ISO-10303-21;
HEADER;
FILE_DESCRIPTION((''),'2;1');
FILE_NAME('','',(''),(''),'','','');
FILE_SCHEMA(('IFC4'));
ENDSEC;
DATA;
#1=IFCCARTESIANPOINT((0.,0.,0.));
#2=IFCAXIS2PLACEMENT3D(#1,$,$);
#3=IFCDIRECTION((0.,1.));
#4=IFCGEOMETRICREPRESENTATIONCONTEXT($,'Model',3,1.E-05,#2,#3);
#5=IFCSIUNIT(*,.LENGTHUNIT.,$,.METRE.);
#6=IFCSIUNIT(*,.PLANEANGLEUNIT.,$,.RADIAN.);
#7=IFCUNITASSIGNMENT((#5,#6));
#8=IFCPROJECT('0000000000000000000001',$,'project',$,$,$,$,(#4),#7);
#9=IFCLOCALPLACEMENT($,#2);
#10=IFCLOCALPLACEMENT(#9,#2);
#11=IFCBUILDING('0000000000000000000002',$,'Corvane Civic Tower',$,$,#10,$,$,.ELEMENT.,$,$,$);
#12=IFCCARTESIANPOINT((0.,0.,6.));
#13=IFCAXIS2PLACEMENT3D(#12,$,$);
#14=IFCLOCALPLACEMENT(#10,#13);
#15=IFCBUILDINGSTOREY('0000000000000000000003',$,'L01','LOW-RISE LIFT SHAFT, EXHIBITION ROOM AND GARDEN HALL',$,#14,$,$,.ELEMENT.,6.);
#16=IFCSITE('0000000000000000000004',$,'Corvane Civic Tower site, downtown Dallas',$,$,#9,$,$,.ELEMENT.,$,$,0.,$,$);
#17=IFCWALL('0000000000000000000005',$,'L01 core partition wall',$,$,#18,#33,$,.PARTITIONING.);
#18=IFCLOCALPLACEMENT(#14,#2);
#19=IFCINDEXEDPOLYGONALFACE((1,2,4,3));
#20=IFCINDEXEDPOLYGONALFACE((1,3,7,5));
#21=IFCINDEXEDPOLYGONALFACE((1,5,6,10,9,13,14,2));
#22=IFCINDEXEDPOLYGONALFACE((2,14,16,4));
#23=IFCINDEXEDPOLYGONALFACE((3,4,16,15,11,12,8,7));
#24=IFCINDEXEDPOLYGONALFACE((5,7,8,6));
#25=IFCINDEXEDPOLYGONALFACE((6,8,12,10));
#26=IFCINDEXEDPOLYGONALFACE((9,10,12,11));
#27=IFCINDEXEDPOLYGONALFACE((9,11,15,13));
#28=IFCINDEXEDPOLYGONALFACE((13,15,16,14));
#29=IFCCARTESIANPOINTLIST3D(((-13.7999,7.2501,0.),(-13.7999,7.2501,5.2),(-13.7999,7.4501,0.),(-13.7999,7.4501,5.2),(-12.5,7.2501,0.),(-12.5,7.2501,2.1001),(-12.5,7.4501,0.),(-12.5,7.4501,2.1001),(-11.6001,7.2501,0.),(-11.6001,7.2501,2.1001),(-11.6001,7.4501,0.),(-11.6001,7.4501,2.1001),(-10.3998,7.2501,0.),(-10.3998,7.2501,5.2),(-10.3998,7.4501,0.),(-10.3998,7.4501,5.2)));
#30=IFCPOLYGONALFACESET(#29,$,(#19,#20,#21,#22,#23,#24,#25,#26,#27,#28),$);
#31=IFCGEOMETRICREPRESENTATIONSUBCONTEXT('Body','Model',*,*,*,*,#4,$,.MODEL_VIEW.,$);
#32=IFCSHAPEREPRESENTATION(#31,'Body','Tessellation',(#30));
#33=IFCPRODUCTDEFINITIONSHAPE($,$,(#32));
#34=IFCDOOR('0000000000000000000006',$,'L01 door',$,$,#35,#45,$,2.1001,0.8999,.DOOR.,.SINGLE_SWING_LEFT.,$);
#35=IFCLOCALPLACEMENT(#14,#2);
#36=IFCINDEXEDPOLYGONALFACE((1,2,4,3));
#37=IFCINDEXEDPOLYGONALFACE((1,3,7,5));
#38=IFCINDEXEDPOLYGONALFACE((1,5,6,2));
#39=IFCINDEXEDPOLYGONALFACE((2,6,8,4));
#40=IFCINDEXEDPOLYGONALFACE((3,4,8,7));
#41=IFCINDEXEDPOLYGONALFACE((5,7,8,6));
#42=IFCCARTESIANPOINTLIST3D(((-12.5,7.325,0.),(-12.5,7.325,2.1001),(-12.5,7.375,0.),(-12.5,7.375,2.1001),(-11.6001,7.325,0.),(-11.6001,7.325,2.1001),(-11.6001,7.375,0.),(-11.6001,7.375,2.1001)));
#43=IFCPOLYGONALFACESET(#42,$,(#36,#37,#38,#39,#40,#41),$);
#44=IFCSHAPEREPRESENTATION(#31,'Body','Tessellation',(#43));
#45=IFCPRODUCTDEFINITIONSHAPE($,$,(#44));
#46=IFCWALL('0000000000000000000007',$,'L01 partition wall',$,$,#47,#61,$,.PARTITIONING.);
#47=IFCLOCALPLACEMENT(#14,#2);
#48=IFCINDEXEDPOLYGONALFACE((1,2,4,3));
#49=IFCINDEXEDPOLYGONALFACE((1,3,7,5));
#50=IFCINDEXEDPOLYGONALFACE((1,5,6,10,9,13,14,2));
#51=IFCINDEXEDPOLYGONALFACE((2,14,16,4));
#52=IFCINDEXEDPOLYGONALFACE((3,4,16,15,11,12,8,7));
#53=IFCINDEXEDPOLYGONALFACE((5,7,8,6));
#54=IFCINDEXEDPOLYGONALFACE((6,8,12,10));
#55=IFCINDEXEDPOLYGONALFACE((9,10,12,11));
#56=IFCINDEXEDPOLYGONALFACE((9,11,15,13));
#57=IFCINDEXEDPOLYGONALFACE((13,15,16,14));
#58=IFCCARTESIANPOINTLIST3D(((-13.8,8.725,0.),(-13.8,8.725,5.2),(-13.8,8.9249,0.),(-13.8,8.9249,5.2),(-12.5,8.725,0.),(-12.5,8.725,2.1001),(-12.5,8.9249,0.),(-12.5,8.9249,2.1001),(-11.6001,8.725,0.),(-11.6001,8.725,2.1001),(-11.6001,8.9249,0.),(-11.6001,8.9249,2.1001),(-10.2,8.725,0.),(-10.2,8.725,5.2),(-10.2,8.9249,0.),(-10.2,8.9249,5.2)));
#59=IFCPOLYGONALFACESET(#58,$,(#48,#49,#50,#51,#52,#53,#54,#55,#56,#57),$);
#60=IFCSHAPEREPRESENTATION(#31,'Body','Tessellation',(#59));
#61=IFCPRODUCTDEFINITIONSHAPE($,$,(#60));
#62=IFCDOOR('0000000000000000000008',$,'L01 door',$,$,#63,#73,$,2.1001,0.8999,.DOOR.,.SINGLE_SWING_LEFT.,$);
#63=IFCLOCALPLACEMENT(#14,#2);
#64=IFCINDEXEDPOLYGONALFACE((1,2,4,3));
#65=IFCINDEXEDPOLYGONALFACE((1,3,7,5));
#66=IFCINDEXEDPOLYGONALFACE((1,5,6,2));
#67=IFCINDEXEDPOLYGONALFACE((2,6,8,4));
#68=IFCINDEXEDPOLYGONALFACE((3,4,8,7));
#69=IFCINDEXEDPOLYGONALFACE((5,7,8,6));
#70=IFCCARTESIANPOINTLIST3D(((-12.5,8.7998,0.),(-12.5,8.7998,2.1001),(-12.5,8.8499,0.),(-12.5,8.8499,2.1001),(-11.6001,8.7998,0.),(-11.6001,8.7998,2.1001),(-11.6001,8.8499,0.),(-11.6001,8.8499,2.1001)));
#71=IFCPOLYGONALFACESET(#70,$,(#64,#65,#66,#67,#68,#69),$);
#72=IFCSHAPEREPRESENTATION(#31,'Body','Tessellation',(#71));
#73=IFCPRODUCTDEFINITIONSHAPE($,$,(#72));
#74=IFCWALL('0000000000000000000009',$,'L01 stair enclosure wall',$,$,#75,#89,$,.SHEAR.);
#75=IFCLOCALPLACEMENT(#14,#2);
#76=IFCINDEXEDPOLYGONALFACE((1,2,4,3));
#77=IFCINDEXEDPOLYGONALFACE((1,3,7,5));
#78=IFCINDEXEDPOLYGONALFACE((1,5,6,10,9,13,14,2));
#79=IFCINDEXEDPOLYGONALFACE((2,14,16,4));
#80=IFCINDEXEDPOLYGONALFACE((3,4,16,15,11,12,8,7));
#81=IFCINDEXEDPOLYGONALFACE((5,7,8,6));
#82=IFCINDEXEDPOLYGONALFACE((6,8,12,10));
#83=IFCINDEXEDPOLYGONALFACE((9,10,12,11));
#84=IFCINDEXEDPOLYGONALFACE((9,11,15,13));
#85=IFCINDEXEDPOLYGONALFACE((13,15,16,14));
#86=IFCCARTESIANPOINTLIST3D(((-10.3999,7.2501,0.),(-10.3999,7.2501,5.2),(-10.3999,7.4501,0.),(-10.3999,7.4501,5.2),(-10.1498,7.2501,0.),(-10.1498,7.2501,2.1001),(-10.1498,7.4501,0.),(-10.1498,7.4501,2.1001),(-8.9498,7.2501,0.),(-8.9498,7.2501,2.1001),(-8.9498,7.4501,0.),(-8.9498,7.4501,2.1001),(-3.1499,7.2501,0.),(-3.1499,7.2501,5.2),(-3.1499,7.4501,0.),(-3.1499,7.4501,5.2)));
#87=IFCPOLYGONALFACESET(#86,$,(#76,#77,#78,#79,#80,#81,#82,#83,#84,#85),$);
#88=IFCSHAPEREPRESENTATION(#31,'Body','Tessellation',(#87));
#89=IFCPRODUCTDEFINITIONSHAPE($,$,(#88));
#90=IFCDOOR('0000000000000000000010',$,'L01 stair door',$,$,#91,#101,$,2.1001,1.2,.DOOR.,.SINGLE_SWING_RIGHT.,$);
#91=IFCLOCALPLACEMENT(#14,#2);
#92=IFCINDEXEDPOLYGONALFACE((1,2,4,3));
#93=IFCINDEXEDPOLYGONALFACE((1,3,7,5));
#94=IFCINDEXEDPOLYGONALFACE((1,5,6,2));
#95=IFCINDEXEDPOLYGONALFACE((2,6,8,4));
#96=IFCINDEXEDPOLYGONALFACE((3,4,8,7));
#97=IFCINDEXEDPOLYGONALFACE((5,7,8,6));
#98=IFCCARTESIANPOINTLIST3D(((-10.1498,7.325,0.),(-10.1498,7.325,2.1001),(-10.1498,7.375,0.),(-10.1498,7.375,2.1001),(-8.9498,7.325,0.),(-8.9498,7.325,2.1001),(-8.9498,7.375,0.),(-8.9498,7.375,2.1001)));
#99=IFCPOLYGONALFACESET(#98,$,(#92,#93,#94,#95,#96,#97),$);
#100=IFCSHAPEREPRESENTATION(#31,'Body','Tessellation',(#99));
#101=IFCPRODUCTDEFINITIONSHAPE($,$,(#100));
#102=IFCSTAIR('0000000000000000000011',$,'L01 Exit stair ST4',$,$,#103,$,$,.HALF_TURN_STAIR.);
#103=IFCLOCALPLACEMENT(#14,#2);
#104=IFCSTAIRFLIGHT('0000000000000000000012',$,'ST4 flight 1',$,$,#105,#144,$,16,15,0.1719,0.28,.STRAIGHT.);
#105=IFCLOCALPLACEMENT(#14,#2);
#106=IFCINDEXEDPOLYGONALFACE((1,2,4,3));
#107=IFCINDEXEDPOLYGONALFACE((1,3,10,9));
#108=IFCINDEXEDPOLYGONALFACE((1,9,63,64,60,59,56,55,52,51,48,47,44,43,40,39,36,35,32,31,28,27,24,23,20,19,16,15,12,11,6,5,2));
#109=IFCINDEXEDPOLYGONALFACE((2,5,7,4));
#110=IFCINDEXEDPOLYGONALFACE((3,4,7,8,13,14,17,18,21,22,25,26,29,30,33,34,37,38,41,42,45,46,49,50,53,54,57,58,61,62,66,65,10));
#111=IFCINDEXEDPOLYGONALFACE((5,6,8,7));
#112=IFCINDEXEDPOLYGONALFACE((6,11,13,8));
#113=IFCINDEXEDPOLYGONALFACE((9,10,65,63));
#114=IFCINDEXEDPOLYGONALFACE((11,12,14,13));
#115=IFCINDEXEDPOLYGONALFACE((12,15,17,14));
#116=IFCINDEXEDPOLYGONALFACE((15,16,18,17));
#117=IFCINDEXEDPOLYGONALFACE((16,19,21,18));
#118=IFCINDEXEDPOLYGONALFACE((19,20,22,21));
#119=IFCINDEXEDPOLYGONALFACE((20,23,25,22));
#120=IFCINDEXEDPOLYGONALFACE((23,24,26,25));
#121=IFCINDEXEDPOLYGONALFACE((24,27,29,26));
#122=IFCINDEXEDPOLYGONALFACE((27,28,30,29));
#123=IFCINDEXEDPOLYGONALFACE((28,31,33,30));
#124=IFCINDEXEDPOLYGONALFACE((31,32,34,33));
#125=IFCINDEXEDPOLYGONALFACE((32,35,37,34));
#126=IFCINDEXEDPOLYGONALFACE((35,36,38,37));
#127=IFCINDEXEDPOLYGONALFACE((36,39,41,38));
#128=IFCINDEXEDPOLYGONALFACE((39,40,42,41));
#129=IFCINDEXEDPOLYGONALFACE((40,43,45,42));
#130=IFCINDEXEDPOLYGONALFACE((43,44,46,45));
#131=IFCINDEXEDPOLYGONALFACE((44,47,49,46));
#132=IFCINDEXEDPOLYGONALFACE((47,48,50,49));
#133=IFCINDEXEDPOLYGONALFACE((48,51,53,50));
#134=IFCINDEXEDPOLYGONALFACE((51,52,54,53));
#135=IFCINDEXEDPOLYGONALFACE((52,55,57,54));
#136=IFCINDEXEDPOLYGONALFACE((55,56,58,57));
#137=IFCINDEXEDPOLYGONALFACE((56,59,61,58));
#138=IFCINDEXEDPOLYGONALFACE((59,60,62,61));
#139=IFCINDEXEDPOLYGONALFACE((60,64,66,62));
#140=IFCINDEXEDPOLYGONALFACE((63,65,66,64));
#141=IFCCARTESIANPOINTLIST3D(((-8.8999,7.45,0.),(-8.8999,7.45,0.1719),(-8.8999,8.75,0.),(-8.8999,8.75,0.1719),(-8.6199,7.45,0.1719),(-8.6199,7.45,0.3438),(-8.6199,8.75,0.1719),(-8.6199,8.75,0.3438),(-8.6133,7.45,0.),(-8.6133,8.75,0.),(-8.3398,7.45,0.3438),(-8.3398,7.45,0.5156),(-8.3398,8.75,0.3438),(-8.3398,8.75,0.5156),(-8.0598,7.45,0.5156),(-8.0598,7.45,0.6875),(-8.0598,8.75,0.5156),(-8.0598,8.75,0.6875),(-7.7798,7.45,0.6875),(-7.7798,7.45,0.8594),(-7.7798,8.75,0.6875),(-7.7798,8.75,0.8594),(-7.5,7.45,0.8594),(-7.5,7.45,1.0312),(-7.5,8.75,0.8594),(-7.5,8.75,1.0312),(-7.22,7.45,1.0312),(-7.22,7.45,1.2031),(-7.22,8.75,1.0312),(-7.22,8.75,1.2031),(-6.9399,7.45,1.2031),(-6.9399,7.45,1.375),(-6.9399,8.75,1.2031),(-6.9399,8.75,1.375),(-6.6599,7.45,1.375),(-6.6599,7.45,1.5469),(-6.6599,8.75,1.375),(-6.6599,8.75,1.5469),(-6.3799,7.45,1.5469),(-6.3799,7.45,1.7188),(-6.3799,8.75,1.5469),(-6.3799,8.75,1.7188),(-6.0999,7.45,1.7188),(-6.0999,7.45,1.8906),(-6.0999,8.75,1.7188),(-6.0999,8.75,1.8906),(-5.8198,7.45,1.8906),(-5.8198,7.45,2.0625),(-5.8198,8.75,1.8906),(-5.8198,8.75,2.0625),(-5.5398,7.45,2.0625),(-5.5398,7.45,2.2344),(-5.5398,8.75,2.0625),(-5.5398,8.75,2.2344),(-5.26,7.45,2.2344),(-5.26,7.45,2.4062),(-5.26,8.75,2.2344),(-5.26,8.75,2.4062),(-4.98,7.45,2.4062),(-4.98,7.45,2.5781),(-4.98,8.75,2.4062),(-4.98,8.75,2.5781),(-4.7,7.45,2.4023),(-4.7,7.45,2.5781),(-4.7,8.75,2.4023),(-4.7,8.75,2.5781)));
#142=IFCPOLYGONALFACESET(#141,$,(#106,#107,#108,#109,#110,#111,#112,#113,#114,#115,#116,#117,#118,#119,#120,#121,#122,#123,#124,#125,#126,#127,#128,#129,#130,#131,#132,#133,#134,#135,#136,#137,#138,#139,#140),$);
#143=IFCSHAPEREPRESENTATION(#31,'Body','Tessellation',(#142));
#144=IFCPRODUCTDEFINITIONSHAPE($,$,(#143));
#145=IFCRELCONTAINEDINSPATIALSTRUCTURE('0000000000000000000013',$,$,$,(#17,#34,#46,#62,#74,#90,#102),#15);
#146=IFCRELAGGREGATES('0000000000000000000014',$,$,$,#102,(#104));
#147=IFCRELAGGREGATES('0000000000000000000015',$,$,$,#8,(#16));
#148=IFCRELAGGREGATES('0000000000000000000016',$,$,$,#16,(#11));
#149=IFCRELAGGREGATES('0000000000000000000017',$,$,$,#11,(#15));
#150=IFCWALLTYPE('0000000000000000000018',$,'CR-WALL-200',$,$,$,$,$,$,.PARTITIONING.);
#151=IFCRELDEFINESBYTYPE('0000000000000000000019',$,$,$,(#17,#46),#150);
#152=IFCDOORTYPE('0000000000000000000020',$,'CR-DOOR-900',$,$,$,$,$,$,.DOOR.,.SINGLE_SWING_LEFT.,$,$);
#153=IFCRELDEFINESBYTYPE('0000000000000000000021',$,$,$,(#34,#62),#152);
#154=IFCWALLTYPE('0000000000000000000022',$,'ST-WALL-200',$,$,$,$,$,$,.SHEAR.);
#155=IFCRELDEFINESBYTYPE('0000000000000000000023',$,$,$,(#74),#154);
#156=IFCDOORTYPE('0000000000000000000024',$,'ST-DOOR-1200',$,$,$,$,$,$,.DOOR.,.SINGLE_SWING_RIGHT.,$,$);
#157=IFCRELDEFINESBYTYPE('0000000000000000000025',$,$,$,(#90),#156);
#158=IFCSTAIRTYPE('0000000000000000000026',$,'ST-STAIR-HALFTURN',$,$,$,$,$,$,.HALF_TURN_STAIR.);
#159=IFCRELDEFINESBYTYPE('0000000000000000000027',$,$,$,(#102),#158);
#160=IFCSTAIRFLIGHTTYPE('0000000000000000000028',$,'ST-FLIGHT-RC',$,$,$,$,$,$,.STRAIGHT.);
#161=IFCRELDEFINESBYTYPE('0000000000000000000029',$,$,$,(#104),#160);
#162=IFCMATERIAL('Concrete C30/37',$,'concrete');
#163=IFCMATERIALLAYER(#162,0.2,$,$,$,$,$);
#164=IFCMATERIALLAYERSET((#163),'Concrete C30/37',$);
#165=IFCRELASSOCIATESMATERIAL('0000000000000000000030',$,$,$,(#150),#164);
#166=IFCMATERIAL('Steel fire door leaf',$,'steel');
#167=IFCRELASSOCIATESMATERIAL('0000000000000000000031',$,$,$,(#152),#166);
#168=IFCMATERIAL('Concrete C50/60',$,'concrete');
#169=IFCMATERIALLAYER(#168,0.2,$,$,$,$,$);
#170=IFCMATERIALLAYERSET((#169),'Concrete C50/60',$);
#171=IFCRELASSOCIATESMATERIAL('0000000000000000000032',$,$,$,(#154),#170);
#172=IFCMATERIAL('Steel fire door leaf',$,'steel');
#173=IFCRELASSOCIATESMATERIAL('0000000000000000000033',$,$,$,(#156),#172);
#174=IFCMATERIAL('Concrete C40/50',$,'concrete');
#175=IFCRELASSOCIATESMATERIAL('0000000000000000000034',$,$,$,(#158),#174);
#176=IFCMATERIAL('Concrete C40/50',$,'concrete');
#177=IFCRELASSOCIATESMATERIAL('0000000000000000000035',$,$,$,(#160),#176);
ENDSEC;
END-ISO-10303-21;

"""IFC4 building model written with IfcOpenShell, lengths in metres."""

from ifc_helpers import new_model, si_unit, direction, frame, frame_2d, origin, place, context, subcontext, project, spatial, polyline, rectangle, outline, extrude, material, layer, layer_set, type_object, element, fill, aggregate, save


model = new_model("IFC4")

# Units and contexts
model_context = context("Model", 3, precision=1e-05, world=origin(), true_north=direction((0.0, 1.0)))
body_context = subcontext(model_context, "Body", "Model", "MODEL_VIEW")
ifc_project = project(units=[si_unit("LENGTHUNIT", "METRE"), si_unit("PLANEANGLEUNIT", "RADIAN")], contexts=[model_context])

# Site, building, storey
site_placement = place(None, origin())
site = spatial("IfcSite", under=ifc_project, at=site_placement, Name="Corvane Civic Tower site, downtown Dallas", CompositionType="ELEMENT", RefElevation=0.0)
building_placement = place(site_placement, origin())
building = spatial("IfcBuilding", under=site, at=building_placement, Name="Corvane Civic Tower", CompositionType="ELEMENT")
storey_placement = place(building_placement, frame((0.0, 0.0, 6.0)))
storey = spatial("IfcBuildingStorey", under=building, at=storey_placement, Name="L01", Description="LOW-RISE LIFT SHAFT, EXHIBITION ROOM AND GARDEN HALL", CompositionType="ELEMENT", Elevation=6.0)

# Shared definitions
ifc_material_1 = material(Name="Concrete C30/37", Category="concrete")
ifc_layer_1 = layer(ifc_material_1, 0.2)
ifc_layer_set_1 = layer_set([ifc_layer_1], Name="Concrete C30/37")
wall_type_1 = type_object("IfcWallType", Name="CR-WALL-200", PredefinedType="PARTITIONING", material=ifc_layer_set_1)

# Walls, openings, doors
wall_1_placement = place(storey_placement, frame((-13.8, 7.3501, 0.0), z_axis=(0.0, 0.0, 1.0), x_axis=(1.0, 0.0, 0.0)))
wall_1 = element("IfcWall", 1, at=wall_1_placement, inside=storey, type_object=wall_type_1, Name="L01 core partition wall", PredefinedType="PARTITIONING", context=body_context, shape_type="SweptSolid", body=[
    extrude(rectangle(XDim=3.4001, YDim=0.2, at=frame_2d((1.7002, 0.0))), origin(), (0.0, 0.0, 1.0), 5.2),
])
opening_1_placement = place(wall_1_placement, frame((1.3, 0.0, 0.0)))
opening_1 = element("IfcOpeningElement", 2, at=opening_1_placement, cuts=wall_1, PredefinedType="OPENING", context=body_context, shape_type="SweptSolid", body=[
    extrude(rectangle(XDim=0.8999, YDim=2.1001, at=frame_2d((0.45, 1.05))), frame((0.0, 0.1099, 0.0), z_axis=(0.0, -1.0, 0.0), x_axis=(1.0, 0.0, 0.0)), (0.0, 0.0, 1.0), 0.22),
])
ifc_material_2 = material(Name="Steel fire door leaf", Category="steel")
door_type_1 = type_object("IfcDoorType", Name="CR-DOOR-900", OperationType="SINGLE_SWING_LEFT", PredefinedType="DOOR", material=ifc_material_2)
door_1_placement = place(opening_1_placement, origin())
door_1 = element("IfcDoor", 3, at=door_1_placement, inside=storey, type_object=door_type_1, Name="L01 door", OperationType="SINGLE_SWING_LEFT", OverallHeight=2.1001, OverallWidth=0.8999, PredefinedType="DOOR", context=body_context, shape_type="SweptSolid", body=[
    extrude(rectangle(XDim=0.8999, YDim=2.1001, at=frame_2d((0.45, 1.05))), frame((0.0, 0.0249, 0.0), z_axis=(0.0, -1.0, 0.0), x_axis=(1.0, 0.0, 0.0)), (0.0, 0.0, 1.0), 0.05),
])
fill(opening_1, door_1)
wall_2_placement = place(storey_placement, frame((-13.8, 8.825, 0.0), z_axis=(0.0, 0.0, 1.0), x_axis=(1.0, 0.0, 0.0)))
wall_2 = element("IfcWall", 4, at=wall_2_placement, inside=storey, type_object=wall_type_1, Name="L01 partition wall", PredefinedType="PARTITIONING", context=body_context, shape_type="SweptSolid", body=[
    extrude(rectangle(XDim=3.6001, YDim=0.2, at=frame_2d((1.8, 0.0))), origin(), (0.0, 0.0, 1.0), 5.2),
])
opening_2_placement = place(wall_2_placement, frame((1.3, 0.0, 0.0)))
opening_2 = element("IfcOpeningElement", 5, at=opening_2_placement, cuts=wall_2, PredefinedType="OPENING", context=body_context, shape_type="SweptSolid", body=[
    extrude(rectangle(XDim=0.8999, YDim=2.1001, at=frame_2d((0.45, 1.05))), frame((0.0, 0.1099, 0.0), z_axis=(0.0, -1.0, 0.0), x_axis=(1.0, 0.0, 0.0)), (0.0, 0.0, 1.0), 0.22),
])
door_2_placement = place(opening_2_placement, origin())
door_2 = element("IfcDoor", 6, at=door_2_placement, inside=storey, type_object=door_type_1, Name="L01 door", OperationType="SINGLE_SWING_LEFT", OverallHeight=2.1001, OverallWidth=0.8999, PredefinedType="DOOR", context=body_context, shape_type="SweptSolid", body=[
    extrude(rectangle(XDim=0.8999, YDim=2.1001, at=frame_2d((0.45, 1.05))), frame((0.0, 0.0249, 0.0), z_axis=(0.0, -1.0, 0.0), x_axis=(1.0, 0.0, 0.0)), (0.0, 0.0, 1.0), 0.05),
])
fill(opening_2, door_2)
ifc_material_3 = material(Name="Concrete C50/60", Category="concrete")
ifc_layer_2 = layer(ifc_material_3, 0.2)
ifc_layer_set_2 = layer_set([ifc_layer_2], Name="Concrete C50/60")
wall_type_2 = type_object("IfcWallType", Name="ST-WALL-200", PredefinedType="SHEAR", material=ifc_layer_set_2)
wall_3_placement = place(storey_placement, frame((-10.3999, 7.3501, 0.0), z_axis=(0.0, 0.0, 1.0), x_axis=(1.0, 0.0, 0.0)))
wall_3 = element("IfcWall", 7, at=wall_3_placement, inside=storey, type_object=wall_type_2, Name="L01 stair enclosure wall", PredefinedType="SHEAR", context=body_context, shape_type="SweptSolid", body=[
    extrude(rectangle(XDim=7.25, YDim=0.2, at=frame_2d((3.625, 0.0))), origin(), (0.0, 0.0, 1.0), 5.2),
])
opening_3_placement = place(wall_3_placement, frame((0.25, 0.0, 0.0)))
opening_3 = element("IfcOpeningElement", 8, at=opening_3_placement, cuts=wall_3, PredefinedType="OPENING", context=body_context, shape_type="SweptSolid", body=[
    extrude(rectangle(XDim=1.2, YDim=2.1001, at=frame_2d((0.6001, 1.05))), frame((0.0, 0.1099, 0.0), z_axis=(0.0, -1.0, 0.0), x_axis=(1.0, 0.0, 0.0)), (0.0, 0.0, 1.0), 0.22),
])
ifc_material_4 = material(Name="Steel fire door leaf", Category="steel")
door_type_2 = type_object("IfcDoorType", Name="ST-DOOR-1200", OperationType="SINGLE_SWING_RIGHT", PredefinedType="DOOR", material=ifc_material_4)
door_3_placement = place(opening_3_placement, origin())
door_3 = element("IfcDoor", 9, at=door_3_placement, inside=storey, type_object=door_type_2, Name="L01 stair door", OperationType="SINGLE_SWING_RIGHT", OverallHeight=2.1001, OverallWidth=1.2, PredefinedType="DOOR", context=body_context, shape_type="SweptSolid", body=[
    extrude(rectangle(XDim=1.2, YDim=2.1001, at=frame_2d((0.6001, 1.05))), frame((0.0, 0.0249, 0.0), z_axis=(0.0, -1.0, 0.0), x_axis=(1.0, 0.0, 0.0)), (0.0, 0.0, 1.0), 0.05),
])
fill(opening_3, door_3)

# Stair, stair flight
ifc_material_5 = material(Name="Concrete C40/50", Category="concrete")
stair_type = type_object("IfcStairType", Name="ST-STAIR-HALFTURN", PredefinedType="HALF_TURN_STAIR", material=ifc_material_5)
stair_placement = place(storey_placement, origin())
stair = element("IfcStair", 10, at=stair_placement, inside=storey, type_object=stair_type, Name="L01 Exit stair ST4", PredefinedType="HALF_TURN_STAIR")
ifc_material_6 = material(Name="Concrete C40/50", Category="concrete")
stair_flight_type = type_object("IfcStairFlightType", Name="ST-FLIGHT-RC", PredefinedType="STRAIGHT", material=ifc_material_6)
stair_flight_placement = place(storey_placement, frame((-8.8999, 8.1001, 0.0), z_axis=(0.0, 0.0, 1.0), x_axis=(1.0, 0.0, 0.0)))
stair_flight = element("IfcStairFlight", 11, at=stair_flight_placement, type_object=stair_flight_type, Name="ST4 flight 1", NumberOfRisers=16, NumberOfTreads=15, PredefinedType="STRAIGHT", RiserHeight=0.1719, TreadLength=0.28, context=body_context, shape_type="SweptSolid", body=[
    extrude(outline(polyline([(0.0, 0.0), (0.0, 0.1719), (0.28, 0.1719), (0.28, 0.3438), (0.5601, 0.3438), (0.5601, 0.5156), (0.8401, 0.5156), (0.8401, 0.6875), (1.1201, 0.6875), (1.1201, 0.8594), (1.3999, 0.8594), (1.3999, 1.0312), (1.6799, 1.0312), (1.6799, 1.2031), (1.96, 1.2031), (1.96, 1.375), (2.24, 1.375), (2.24, 1.5469), (2.52, 1.5469), (2.52, 1.7188), (2.8, 1.7188), (2.8, 1.8906), (3.0801, 1.8906), (3.0801, 2.0625), (3.3601, 2.0625), (3.3601, 2.2344), (3.6399, 2.2344), (3.6399, 2.4062), (3.9199, 2.4062), (3.9199, 2.5781), (4.2, 2.5781), (4.2, 2.75), (4.2, 2.4023), (0.2866, 0.0), (0.0, 0.0)])), frame((0.0, 0.6499, 0.0), z_axis=(0.0, -1.0, 0.0), x_axis=(1.0, 0.0, 0.0)), (0.0, 0.0, 1.0), 1.3),
])
aggregate(stair, [stair_flight])

save(model, "model.ifc")
